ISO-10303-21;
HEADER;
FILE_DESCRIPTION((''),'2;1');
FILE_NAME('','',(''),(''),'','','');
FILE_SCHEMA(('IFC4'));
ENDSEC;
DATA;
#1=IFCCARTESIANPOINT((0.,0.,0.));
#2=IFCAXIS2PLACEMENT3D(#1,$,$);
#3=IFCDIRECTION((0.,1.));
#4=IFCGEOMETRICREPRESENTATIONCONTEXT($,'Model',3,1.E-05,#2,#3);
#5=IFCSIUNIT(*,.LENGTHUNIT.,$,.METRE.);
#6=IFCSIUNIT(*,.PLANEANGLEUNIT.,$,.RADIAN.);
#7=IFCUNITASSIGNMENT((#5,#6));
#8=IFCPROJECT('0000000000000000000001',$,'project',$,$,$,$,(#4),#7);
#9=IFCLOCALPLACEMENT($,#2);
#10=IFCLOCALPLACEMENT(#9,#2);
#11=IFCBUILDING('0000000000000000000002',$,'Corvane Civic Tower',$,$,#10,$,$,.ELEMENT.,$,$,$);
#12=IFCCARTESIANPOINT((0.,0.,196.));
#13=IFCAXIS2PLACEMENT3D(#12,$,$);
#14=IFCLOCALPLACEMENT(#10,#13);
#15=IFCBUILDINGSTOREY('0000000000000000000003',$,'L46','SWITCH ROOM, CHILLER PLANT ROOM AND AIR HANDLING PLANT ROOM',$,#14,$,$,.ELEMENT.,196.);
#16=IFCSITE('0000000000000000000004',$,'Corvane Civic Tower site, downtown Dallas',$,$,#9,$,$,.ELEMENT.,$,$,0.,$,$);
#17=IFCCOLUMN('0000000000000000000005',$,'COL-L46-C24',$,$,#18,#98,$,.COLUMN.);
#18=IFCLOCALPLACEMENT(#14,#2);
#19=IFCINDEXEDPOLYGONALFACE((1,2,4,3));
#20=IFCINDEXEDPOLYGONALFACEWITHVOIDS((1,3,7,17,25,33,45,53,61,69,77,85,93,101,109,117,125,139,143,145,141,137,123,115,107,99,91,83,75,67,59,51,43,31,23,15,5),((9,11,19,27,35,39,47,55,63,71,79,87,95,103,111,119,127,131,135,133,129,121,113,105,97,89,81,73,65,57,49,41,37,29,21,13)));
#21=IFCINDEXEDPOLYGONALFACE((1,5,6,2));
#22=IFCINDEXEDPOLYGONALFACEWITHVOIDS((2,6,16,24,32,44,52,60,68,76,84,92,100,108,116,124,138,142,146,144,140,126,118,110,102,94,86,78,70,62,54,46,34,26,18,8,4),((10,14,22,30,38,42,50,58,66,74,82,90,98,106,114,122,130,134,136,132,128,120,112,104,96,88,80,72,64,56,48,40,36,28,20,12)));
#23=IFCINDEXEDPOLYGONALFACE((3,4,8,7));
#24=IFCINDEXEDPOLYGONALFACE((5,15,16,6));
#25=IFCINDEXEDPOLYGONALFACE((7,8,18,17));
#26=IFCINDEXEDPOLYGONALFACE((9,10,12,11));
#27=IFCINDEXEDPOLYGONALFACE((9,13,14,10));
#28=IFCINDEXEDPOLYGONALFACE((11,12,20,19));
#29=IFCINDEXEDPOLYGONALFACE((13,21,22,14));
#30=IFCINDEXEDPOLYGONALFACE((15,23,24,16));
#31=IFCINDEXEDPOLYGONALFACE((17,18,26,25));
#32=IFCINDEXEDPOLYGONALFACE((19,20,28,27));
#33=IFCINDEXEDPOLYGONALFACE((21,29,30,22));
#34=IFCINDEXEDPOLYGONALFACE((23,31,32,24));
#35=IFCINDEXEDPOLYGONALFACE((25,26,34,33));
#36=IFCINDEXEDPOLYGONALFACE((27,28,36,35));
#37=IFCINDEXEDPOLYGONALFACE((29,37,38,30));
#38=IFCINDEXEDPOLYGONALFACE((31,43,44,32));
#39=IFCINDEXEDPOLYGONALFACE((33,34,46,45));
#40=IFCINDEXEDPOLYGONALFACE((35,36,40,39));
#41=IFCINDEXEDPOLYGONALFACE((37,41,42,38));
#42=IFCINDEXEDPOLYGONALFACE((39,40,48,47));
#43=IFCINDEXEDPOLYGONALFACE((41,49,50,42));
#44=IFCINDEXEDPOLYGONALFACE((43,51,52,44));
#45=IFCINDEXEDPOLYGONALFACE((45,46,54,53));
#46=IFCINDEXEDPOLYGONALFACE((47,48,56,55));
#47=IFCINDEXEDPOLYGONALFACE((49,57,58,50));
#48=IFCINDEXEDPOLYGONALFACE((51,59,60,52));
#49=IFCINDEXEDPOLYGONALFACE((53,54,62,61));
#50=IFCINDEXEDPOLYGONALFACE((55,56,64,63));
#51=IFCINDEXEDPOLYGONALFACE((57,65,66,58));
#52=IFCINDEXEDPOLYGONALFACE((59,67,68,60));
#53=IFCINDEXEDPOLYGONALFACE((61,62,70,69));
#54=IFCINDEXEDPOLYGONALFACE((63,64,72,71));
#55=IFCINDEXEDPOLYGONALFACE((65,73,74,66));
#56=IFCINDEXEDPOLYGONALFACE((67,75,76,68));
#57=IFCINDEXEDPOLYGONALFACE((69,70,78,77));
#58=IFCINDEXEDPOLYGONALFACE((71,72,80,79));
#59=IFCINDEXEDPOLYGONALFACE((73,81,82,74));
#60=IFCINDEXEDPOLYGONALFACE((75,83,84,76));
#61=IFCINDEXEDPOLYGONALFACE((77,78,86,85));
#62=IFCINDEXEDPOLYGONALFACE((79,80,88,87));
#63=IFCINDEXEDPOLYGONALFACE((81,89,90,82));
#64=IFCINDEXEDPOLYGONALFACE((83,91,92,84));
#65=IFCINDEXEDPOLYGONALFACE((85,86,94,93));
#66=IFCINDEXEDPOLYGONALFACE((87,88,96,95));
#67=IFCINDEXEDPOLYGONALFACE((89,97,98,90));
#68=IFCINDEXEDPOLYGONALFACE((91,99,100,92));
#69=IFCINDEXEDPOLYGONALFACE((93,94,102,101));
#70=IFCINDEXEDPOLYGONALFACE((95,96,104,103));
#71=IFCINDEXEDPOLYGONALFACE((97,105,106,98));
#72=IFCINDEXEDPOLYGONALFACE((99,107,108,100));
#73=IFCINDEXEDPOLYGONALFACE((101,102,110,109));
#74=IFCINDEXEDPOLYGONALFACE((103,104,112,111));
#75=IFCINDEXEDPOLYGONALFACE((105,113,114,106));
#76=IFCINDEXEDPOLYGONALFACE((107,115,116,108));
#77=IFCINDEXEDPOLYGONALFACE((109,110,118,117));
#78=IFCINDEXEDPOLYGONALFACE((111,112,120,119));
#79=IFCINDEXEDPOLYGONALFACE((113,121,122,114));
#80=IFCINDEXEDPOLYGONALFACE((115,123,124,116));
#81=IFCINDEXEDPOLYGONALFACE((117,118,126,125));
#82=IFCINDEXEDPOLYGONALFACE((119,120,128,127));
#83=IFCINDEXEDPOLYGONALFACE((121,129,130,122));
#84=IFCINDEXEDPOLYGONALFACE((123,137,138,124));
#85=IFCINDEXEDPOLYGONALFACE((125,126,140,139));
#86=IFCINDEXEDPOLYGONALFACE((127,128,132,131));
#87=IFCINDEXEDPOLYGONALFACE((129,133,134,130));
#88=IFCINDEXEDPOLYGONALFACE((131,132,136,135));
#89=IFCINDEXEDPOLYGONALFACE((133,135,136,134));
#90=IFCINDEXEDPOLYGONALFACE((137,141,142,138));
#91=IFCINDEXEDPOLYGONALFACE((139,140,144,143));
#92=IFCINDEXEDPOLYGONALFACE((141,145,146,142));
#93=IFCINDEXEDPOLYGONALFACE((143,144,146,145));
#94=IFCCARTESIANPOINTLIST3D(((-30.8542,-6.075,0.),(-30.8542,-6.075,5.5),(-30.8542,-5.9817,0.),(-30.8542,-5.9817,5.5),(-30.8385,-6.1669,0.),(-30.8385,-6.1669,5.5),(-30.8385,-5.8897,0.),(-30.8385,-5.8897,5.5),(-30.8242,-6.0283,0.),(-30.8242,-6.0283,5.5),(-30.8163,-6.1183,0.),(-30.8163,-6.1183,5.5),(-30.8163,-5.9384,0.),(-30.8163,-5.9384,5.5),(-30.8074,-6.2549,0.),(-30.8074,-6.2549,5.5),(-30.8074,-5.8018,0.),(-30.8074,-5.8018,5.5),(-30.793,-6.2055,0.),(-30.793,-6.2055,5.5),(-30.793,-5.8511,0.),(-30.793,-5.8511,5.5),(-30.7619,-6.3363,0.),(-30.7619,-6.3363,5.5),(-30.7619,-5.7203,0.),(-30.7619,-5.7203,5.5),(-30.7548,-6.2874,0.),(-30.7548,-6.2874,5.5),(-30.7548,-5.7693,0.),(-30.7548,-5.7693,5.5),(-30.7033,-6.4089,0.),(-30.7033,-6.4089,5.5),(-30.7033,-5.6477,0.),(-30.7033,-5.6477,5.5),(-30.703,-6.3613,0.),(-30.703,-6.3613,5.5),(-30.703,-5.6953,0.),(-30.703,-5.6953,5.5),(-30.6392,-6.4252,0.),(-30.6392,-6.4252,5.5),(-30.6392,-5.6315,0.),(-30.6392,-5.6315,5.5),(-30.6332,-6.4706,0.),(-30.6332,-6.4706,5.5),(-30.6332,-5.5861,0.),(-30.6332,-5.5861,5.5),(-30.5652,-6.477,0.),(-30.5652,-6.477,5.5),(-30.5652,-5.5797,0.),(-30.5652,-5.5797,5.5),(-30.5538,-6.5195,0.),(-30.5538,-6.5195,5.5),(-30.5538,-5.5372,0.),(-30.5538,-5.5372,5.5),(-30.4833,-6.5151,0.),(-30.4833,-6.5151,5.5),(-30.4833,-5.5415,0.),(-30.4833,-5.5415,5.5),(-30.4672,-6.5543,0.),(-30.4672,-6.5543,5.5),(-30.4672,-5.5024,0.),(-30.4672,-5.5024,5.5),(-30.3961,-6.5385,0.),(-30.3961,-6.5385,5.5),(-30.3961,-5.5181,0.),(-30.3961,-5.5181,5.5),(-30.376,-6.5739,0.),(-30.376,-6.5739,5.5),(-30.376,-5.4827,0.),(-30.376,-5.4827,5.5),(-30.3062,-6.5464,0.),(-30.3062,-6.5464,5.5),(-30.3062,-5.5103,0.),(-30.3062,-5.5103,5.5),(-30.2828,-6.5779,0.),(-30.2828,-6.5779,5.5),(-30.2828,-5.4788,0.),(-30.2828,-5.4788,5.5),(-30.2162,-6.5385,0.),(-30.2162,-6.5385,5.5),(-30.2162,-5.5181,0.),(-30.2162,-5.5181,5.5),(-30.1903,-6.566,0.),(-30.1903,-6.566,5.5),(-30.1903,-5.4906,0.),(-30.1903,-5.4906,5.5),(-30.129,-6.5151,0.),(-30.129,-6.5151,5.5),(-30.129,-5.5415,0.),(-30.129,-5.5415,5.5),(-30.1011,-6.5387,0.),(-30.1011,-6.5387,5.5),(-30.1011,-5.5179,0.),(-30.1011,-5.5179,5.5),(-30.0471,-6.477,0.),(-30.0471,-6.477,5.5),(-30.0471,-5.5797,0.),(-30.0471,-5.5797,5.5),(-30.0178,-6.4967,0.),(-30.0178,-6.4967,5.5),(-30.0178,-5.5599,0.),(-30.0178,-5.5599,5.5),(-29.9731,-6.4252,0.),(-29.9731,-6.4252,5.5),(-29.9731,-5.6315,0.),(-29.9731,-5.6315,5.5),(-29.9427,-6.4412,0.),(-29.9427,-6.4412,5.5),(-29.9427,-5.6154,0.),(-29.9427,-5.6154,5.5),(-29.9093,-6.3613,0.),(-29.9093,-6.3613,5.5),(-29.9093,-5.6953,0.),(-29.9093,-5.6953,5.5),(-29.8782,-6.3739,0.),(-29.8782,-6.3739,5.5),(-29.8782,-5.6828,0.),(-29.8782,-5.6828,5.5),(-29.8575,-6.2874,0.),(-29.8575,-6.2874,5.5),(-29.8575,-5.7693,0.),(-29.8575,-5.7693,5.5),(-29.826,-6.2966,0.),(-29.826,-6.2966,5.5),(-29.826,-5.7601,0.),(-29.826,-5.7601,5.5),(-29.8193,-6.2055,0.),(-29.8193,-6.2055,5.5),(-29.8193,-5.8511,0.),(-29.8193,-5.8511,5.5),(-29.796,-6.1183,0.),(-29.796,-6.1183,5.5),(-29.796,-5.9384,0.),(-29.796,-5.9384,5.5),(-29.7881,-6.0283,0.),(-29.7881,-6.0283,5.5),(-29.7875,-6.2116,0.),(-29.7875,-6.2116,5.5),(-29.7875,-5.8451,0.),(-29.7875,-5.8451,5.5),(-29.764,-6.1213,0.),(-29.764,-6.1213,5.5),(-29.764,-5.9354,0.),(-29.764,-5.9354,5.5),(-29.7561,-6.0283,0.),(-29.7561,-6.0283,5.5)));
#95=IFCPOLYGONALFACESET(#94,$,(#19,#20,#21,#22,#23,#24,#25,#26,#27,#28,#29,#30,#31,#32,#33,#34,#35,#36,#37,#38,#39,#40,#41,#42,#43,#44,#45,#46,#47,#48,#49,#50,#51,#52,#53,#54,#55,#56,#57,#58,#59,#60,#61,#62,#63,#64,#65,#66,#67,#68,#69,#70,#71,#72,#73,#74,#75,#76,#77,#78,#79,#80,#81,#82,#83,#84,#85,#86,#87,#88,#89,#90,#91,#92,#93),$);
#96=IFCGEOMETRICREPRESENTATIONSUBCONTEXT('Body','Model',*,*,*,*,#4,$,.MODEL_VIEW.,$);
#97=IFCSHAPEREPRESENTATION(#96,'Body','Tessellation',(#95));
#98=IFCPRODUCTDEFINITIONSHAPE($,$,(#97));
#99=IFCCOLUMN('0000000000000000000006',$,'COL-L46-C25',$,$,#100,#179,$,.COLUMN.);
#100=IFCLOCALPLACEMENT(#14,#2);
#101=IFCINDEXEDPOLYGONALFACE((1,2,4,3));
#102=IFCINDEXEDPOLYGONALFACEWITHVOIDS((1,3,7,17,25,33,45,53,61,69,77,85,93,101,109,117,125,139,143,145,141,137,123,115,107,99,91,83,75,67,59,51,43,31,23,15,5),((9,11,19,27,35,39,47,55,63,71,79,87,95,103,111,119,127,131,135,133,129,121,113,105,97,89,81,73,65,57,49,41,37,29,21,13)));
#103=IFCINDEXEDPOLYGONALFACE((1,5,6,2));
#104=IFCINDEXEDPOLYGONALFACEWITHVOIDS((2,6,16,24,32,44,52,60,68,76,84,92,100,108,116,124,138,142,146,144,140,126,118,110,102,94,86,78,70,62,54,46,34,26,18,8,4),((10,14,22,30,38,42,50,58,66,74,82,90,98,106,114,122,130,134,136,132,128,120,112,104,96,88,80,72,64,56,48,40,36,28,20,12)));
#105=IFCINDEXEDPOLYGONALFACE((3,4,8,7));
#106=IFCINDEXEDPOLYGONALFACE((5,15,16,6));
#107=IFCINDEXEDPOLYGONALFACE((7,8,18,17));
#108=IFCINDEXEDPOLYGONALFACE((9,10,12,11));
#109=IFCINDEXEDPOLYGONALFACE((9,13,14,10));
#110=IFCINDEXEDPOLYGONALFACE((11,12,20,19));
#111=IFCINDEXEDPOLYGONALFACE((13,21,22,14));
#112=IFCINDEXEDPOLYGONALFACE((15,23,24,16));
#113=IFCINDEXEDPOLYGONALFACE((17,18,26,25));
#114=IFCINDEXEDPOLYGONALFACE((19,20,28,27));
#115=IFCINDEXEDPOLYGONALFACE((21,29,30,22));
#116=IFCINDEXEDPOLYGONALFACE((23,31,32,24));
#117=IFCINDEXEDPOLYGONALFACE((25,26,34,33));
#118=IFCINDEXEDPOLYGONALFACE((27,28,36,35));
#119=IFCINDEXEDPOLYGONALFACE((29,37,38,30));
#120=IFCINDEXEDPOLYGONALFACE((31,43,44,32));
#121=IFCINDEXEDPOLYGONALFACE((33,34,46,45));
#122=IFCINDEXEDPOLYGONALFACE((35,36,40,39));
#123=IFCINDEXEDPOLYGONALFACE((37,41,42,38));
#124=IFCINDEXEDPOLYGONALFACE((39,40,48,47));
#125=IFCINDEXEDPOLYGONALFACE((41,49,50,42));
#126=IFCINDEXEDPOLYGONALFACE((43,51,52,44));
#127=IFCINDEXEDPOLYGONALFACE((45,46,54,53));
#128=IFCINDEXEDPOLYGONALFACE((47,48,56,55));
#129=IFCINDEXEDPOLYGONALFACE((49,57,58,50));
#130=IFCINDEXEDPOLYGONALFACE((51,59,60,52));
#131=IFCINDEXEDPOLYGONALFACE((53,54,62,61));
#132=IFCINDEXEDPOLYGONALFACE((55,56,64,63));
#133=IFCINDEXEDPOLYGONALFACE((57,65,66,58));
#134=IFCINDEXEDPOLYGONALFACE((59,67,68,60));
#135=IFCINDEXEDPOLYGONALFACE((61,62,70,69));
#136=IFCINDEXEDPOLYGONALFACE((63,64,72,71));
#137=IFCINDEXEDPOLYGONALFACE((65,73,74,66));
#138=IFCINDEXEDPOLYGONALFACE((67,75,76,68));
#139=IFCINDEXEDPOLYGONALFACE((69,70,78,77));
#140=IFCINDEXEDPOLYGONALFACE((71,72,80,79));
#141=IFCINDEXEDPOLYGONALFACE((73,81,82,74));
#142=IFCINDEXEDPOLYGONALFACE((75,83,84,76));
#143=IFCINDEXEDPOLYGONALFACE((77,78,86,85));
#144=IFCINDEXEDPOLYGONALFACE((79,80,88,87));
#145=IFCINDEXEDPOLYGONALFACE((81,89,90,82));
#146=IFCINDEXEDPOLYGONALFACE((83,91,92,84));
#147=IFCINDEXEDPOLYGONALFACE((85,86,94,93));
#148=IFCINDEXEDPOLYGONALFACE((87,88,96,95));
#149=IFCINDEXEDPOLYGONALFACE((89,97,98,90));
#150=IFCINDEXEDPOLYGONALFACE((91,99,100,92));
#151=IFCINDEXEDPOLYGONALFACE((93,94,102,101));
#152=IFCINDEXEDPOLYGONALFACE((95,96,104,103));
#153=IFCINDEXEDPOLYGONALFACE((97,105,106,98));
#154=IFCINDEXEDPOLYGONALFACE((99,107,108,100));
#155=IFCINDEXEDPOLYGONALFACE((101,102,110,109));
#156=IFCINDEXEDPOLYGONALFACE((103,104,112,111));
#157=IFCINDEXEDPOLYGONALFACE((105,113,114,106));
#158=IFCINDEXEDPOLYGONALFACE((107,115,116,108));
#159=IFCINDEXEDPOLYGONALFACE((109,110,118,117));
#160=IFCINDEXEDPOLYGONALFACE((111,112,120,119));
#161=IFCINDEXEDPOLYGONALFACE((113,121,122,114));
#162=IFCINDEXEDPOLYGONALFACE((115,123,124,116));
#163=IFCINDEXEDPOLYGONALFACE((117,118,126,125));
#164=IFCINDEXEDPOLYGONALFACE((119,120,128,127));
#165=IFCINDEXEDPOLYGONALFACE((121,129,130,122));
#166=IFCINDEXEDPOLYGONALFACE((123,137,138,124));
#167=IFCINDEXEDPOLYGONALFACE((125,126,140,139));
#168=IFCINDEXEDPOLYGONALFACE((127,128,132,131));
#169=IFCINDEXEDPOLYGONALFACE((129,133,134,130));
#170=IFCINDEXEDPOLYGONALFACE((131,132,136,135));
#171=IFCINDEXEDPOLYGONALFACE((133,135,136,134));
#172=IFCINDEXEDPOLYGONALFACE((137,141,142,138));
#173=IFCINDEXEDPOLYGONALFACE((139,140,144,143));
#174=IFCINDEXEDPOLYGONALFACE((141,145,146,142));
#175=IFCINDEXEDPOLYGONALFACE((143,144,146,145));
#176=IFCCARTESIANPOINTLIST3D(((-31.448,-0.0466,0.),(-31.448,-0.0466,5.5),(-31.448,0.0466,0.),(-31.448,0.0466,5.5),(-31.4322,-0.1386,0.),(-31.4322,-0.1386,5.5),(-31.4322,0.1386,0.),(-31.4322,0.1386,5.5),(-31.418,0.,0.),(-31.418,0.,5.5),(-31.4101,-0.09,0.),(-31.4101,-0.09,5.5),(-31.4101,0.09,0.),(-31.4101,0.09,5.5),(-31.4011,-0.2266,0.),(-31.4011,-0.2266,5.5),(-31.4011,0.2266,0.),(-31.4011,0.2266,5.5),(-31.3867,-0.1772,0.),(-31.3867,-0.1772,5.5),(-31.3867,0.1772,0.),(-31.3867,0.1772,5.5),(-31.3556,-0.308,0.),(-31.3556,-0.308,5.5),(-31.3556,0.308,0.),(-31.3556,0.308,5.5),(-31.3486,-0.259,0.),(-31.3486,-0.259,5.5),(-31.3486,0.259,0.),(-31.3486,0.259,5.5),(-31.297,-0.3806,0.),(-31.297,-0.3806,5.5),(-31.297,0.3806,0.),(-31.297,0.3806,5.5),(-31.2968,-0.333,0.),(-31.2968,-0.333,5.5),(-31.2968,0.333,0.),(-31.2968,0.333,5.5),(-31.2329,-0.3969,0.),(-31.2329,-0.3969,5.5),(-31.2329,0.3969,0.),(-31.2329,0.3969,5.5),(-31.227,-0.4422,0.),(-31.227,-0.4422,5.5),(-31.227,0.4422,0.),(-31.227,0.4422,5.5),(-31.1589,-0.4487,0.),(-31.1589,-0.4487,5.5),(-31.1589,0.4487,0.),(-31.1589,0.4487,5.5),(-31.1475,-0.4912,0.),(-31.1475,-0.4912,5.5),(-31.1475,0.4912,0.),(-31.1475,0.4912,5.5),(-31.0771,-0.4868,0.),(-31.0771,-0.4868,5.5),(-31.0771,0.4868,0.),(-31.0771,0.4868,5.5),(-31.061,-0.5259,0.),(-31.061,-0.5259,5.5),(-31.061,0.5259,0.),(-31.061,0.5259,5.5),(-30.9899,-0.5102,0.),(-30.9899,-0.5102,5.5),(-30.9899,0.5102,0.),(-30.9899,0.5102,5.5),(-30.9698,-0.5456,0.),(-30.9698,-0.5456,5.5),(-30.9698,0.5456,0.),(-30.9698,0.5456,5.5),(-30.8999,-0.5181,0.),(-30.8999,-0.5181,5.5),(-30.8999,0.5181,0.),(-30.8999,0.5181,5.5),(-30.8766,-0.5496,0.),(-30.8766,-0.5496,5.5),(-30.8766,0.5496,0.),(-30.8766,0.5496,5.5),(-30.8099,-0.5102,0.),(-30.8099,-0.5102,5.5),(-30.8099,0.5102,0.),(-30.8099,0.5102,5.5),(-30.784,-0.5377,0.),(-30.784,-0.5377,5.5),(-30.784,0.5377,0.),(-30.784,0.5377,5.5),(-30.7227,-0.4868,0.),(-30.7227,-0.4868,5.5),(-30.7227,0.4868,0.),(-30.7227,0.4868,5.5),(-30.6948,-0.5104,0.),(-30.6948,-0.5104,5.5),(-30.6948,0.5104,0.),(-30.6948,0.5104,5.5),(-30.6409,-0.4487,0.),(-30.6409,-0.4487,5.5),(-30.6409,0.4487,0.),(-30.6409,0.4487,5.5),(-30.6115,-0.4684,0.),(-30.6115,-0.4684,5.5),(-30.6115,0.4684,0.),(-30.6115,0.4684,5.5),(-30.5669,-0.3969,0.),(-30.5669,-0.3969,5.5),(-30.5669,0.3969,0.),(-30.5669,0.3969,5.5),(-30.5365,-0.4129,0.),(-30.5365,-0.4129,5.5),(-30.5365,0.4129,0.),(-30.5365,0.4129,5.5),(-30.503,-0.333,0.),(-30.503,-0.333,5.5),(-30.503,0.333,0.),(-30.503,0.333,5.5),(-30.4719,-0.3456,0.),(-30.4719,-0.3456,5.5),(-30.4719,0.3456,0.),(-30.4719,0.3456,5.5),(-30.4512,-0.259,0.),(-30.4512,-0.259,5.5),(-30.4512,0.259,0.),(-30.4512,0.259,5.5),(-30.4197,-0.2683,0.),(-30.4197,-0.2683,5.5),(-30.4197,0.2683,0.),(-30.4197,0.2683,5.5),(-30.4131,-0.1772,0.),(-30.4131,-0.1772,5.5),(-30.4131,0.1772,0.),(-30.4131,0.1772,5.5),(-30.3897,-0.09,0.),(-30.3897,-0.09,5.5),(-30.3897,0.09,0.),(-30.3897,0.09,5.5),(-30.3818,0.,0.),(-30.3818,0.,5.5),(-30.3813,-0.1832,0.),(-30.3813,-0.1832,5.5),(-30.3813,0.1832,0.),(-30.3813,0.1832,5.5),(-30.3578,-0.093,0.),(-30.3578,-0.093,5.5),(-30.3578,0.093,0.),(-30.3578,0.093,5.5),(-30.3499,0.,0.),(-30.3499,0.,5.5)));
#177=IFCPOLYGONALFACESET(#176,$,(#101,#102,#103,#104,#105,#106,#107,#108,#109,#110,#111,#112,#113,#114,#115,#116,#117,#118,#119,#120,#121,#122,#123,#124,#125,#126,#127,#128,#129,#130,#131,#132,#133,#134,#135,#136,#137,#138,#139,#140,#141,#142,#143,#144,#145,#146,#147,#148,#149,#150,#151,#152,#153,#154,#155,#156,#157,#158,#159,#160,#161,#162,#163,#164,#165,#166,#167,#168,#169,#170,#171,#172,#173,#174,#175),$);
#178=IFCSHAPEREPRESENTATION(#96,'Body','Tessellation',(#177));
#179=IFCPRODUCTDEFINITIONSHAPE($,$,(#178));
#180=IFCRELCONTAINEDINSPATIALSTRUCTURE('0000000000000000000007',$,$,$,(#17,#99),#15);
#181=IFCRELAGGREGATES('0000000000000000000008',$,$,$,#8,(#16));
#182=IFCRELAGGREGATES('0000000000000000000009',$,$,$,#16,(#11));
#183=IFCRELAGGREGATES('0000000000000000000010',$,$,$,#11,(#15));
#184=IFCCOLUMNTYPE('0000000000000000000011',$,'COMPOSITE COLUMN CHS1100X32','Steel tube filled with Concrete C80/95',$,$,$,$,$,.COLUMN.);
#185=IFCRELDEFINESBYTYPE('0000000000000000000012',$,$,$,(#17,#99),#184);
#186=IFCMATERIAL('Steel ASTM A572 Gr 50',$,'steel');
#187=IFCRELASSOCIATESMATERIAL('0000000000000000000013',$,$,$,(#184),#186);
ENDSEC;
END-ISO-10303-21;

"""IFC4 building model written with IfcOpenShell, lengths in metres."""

from ifc_helpers import new_model, si_unit, direction, frame, origin, origin_2d, place, context, subcontext, project, spatial, hollow_circle, extrude, material, material_profile, profile_set, type_object, element, save


model = new_model("IFC4")

# Units and contexts
model_context = context("Model", 3, precision=1e-05, world=origin(), true_north=direction((0.0, 1.0)))
body_context = subcontext(model_context, "Body", "Model", "MODEL_VIEW")
ifc_project = project(units=[si_unit("LENGTHUNIT", "METRE"), si_unit("PLANEANGLEUNIT", "RADIAN")], contexts=[model_context])

# Site, building, storey
site_placement = place(None, origin())
site = spatial("IfcSite", under=ifc_project, at=site_placement, Name="Corvane Civic Tower site, downtown Dallas", CompositionType="ELEMENT", RefElevation=0.0)
building_placement = place(site_placement, origin())
building = spatial("IfcBuilding", under=site, at=building_placement, Name="Corvane Civic Tower", CompositionType="ELEMENT")
storey_placement = place(building_placement, frame((0.0, 0.0, 196.0)))
storey = spatial("IfcBuildingStorey", under=building, at=storey_placement, Name="L46", Description="SWITCH ROOM, CHILLER PLANT ROOM AND AIR HANDLING PLANT ROOM", CompositionType="ELEMENT", Elevation=196.0)

# Columns
ifc_material_1 = material(Name="Steel ASTM A572 Gr 50", Category="steel")
ifc_material_profile_1 = material_profile(ifc_material_1, hollow_circle(Radius=0.55, WallThickness=0.032, at=origin_2d()), Name="CHS1100X32")
ifc_profile_set_1 = profile_set([ifc_material_profile_1], Name="Steel ASTM A572 Gr 50")
column_type_1 = type_object("IfcColumnType", Name="COMPOSITE COLUMN CHS1100X32", Description="Steel tube filled with Concrete C80/95", PredefinedType="COLUMN", material=ifc_profile_set_1)
for number, where, z_axis, x_axis, name in (
    (1, (-30.3062, -6.0283, 0.0), (0.0, 0.0, 1.0), (1.0, 0.0, 0.0), "COL-L46-C24"),
    (2, (-30.8999, 0.0, 0.0), (0.0, 0.0, 1.0), (1.0, 0.0, 0.0), "COL-L46-C25"),
):
    element("IfcColumn", number, at=place(storey_placement, frame(where, z_axis=z_axis, x_axis=x_axis)), inside=storey, type_object=column_type_1, Name=name, PredefinedType="COLUMN", context=body_context, shape_type="SweptSolid", body=[
        extrude(hollow_circle(Radius=0.55, WallThickness=0.032, at=origin_2d()), origin(), (0.0, 0.0, 1.0), 5.5),
    ])

save(model, "model.ifc")
